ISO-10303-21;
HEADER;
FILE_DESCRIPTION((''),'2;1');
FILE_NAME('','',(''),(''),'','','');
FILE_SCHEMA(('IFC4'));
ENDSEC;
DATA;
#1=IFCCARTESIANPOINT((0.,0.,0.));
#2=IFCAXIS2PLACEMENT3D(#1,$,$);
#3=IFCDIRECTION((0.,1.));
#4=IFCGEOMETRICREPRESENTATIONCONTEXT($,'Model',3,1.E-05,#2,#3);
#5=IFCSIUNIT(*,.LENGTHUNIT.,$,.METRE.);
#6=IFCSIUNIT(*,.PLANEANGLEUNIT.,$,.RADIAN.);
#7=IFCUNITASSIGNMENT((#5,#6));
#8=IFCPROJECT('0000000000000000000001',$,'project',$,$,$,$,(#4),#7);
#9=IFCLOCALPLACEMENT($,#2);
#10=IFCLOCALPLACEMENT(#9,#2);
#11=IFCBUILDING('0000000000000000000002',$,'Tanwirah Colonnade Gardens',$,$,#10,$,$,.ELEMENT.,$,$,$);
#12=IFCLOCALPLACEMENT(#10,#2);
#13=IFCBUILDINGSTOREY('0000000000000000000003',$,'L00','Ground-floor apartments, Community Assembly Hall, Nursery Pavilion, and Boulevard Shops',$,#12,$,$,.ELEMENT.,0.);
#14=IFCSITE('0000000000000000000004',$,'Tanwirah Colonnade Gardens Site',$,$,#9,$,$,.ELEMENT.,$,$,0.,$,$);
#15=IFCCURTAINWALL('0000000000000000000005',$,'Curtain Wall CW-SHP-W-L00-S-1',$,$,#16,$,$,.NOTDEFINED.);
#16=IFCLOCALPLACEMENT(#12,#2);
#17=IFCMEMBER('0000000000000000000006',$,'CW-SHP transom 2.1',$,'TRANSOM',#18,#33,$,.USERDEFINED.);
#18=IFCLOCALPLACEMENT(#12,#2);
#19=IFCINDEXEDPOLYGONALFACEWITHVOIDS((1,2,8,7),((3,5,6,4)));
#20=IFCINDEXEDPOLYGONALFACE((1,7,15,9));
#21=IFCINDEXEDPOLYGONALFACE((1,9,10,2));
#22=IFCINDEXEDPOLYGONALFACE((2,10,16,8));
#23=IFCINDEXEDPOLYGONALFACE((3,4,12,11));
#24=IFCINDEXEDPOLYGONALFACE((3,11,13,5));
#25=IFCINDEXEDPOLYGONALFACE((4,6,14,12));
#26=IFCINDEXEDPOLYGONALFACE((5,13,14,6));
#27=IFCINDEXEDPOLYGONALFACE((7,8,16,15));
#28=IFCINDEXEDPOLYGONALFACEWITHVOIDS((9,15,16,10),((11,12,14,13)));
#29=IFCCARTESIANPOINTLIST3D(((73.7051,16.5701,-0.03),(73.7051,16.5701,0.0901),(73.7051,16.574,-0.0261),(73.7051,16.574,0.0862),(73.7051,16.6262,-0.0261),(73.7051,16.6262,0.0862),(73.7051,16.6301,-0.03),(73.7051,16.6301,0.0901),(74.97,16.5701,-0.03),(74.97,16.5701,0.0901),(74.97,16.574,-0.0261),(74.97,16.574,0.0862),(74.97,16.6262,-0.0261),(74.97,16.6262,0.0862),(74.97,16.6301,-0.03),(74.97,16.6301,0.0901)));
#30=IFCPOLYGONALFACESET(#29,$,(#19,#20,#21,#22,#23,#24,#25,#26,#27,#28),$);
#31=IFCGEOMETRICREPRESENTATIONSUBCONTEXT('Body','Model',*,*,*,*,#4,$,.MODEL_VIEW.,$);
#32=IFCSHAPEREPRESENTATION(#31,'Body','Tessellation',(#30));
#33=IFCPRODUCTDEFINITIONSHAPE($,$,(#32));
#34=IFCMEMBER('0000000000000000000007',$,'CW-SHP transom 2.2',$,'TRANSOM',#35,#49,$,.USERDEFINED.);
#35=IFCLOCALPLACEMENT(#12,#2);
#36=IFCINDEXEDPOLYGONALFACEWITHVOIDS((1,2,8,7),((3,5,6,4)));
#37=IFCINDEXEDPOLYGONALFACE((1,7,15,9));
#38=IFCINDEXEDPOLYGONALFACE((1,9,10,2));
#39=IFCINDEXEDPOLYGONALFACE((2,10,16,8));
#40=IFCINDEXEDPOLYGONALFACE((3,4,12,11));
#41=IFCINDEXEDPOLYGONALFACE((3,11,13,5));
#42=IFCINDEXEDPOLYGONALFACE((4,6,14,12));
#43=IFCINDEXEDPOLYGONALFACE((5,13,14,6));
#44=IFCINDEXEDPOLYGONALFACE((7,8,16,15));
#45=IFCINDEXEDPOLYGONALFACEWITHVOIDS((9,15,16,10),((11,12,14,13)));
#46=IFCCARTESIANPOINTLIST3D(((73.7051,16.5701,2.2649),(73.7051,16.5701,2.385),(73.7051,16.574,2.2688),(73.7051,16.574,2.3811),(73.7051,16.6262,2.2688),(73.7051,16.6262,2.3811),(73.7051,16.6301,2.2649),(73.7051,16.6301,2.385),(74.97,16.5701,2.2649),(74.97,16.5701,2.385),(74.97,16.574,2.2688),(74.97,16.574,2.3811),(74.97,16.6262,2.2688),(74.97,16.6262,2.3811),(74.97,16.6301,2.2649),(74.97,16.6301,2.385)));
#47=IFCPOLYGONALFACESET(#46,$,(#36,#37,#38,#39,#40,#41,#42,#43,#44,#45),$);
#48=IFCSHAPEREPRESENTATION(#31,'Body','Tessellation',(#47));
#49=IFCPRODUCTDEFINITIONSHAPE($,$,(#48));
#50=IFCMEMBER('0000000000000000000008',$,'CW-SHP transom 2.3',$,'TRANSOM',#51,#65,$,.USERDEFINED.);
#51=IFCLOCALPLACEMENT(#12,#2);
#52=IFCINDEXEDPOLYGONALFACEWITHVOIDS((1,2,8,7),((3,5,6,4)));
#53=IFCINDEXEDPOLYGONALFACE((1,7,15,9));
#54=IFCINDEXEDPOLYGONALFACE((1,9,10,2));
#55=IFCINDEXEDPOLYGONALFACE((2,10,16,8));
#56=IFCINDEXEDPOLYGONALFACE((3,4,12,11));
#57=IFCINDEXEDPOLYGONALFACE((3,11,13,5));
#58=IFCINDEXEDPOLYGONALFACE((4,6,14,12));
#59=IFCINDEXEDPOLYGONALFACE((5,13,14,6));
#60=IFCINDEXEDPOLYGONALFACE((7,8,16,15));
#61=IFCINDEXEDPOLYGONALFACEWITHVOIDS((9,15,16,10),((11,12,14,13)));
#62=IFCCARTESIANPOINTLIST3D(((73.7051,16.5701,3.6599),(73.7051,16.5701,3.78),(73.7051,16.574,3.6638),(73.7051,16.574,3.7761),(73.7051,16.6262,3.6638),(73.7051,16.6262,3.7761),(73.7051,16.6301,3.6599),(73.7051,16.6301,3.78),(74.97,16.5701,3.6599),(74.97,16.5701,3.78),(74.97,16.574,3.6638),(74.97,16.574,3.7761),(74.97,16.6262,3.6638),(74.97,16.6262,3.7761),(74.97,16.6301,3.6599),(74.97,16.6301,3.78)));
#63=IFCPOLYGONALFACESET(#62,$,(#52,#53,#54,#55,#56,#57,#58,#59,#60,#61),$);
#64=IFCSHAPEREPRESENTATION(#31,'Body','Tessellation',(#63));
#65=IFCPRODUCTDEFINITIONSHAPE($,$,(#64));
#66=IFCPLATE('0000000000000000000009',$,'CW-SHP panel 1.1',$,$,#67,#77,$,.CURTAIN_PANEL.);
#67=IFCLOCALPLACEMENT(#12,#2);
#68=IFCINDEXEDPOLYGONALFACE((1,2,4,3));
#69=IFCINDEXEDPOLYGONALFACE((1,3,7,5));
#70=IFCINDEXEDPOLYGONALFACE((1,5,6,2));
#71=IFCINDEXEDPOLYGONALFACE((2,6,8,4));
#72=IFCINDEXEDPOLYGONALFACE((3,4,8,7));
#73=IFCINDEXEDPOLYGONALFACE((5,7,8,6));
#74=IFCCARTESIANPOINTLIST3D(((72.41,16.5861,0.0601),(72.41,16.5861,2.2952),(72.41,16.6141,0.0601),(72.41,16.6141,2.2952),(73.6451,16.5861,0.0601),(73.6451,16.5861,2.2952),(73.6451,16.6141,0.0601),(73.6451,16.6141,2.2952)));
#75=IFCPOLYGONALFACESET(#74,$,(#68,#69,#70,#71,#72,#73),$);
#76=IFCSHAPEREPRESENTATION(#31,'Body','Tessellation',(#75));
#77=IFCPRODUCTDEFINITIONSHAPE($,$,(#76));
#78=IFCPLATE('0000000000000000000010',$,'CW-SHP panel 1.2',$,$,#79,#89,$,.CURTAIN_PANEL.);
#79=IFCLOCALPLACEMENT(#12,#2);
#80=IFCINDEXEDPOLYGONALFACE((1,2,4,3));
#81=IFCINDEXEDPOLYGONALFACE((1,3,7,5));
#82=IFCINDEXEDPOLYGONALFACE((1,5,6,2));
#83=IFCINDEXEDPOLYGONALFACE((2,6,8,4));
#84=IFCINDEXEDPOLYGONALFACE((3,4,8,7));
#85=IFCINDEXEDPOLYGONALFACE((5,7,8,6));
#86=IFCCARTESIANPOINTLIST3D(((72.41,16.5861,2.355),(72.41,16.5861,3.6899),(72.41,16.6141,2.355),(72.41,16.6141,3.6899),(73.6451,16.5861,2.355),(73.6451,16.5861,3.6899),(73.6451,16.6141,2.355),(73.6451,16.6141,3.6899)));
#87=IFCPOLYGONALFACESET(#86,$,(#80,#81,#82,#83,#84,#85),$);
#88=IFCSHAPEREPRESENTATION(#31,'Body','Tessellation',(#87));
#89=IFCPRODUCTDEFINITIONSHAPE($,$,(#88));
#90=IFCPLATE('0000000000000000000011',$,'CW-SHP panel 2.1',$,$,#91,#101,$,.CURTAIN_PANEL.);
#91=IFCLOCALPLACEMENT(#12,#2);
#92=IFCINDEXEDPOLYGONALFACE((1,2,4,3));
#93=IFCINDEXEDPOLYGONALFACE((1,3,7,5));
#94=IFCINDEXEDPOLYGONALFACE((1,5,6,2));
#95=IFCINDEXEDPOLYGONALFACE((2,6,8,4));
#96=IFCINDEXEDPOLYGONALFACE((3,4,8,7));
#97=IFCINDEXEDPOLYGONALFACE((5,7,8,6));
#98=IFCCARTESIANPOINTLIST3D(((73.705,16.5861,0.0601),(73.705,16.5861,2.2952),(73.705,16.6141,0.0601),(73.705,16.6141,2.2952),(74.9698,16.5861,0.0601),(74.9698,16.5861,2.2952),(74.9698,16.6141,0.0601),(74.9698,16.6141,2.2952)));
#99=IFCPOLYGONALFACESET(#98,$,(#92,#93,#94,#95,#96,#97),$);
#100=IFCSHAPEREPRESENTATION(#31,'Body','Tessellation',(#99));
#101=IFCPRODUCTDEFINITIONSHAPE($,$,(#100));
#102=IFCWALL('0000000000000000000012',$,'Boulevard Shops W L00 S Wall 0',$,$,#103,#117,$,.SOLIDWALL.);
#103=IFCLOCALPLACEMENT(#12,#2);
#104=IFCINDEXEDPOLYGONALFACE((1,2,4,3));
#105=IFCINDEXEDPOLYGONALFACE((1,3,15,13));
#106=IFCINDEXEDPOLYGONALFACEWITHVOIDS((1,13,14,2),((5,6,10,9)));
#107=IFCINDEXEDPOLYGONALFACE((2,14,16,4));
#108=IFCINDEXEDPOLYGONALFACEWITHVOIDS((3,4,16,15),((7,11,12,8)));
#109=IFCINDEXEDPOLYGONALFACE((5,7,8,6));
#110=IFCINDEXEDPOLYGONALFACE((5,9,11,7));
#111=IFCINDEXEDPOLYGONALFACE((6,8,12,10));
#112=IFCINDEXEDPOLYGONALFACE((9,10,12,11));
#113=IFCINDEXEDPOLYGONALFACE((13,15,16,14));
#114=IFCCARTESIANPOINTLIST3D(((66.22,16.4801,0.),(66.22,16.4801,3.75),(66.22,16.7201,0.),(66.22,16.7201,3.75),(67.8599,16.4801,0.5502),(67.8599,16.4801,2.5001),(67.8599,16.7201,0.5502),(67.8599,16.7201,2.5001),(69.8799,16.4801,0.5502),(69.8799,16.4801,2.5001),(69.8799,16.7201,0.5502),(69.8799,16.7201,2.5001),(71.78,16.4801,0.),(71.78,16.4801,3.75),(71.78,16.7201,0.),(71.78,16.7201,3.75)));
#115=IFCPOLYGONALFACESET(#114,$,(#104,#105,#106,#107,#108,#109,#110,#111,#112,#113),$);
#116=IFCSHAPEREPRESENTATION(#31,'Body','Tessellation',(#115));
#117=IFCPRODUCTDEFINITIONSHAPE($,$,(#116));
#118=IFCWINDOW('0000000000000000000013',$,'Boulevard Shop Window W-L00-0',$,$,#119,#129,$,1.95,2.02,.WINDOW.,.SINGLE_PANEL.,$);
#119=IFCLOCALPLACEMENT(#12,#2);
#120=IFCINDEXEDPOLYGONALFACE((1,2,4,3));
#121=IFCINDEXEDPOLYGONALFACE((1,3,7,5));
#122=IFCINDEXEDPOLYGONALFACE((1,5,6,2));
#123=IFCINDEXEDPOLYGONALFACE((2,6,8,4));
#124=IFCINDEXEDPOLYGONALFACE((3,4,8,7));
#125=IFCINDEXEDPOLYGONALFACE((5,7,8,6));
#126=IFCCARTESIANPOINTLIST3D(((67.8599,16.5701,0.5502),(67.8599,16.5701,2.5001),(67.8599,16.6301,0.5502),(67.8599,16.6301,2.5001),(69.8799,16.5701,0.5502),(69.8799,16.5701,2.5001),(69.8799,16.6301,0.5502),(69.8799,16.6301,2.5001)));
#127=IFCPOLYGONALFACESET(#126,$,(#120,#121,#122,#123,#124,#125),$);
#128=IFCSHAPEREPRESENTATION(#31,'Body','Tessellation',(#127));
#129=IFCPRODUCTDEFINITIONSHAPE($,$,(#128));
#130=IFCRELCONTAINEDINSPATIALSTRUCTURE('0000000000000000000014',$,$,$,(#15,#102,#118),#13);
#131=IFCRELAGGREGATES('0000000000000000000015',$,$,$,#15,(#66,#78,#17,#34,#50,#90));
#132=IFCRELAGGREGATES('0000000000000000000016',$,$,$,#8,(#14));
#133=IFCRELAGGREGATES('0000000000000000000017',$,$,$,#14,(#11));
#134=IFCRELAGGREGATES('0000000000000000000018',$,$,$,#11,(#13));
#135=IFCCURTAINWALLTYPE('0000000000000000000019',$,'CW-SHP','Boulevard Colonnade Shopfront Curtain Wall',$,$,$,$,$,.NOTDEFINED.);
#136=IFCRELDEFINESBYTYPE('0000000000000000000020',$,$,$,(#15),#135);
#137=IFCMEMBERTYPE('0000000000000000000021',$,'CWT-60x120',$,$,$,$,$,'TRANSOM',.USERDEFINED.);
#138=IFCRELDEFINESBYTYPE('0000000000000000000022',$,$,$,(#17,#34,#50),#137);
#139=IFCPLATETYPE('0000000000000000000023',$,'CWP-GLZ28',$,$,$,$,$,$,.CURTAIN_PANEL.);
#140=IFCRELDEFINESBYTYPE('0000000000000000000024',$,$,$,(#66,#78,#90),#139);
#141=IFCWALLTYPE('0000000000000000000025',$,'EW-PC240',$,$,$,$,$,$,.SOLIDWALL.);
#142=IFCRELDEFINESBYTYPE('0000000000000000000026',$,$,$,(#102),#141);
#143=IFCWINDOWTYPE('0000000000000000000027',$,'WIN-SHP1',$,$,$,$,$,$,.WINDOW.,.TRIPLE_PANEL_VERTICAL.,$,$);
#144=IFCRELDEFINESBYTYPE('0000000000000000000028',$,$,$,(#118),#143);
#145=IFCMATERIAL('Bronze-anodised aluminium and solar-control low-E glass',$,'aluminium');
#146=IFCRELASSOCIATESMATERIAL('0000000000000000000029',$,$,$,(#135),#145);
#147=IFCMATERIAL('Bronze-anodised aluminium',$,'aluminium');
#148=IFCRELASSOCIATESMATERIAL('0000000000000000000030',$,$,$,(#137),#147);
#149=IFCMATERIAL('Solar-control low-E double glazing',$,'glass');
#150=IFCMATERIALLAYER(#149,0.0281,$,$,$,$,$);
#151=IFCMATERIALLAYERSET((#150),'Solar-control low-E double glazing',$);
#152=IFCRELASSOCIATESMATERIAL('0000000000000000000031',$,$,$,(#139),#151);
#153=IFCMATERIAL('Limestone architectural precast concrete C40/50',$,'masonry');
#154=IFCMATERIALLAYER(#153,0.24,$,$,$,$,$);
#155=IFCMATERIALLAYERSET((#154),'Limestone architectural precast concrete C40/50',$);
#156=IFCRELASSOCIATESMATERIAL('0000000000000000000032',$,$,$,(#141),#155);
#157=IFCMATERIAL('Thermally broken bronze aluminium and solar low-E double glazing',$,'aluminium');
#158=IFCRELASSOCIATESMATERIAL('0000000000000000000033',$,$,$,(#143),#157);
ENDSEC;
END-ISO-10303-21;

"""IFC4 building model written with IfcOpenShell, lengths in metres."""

from ifc_helpers import new_model, si_unit, direction, frame, frame_2d, origin, origin_2d, place, context, subcontext, project, spatial, rectangle, hollow_rectangle, extrude, material, layer, layer_set, material_profile, profile_set, type_object, element, fill, aggregate, save


model = new_model("IFC4")

# Units and contexts
model_context = context("Model", 3, precision=1e-05, world=origin(), true_north=direction((0.0, 1.0)))
body_context = subcontext(model_context, "Body", "Model", "MODEL_VIEW")
ifc_project = project(units=[si_unit("LENGTHUNIT", "METRE"), si_unit("PLANEANGLEUNIT", "RADIAN")], contexts=[model_context])

# Site, building, storey
site_placement = place(None, origin())
site = spatial("IfcSite", under=ifc_project, at=site_placement, Name="Tanwirah Colonnade Gardens Site", CompositionType="ELEMENT", RefElevation=0.0)
building_placement = place(site_placement, origin())
building = spatial("IfcBuilding", under=site, at=building_placement, Name="Tanwirah Colonnade Gardens", CompositionType="ELEMENT")
storey_placement = place(building_placement, origin())
storey = spatial("IfcBuildingStorey", under=building, at=storey_placement, Name="L00", Description="Ground-floor apartments, Community Assembly Hall, Nursery Pavilion, and Boulevard Shops", CompositionType="ELEMENT", Elevation=0.0)

# Curtain wall, members, plates
ifc_material_1 = material(Name="Bronze-anodised aluminium and solar-control low-E glass", Category="aluminium")
curtain_wall_type = type_object("IfcCurtainWallType", Name="CW-SHP", Description="Boulevard Colonnade Shopfront Curtain Wall", PredefinedType="NOTDEFINED", material=ifc_material_1)
curtain_wall_placement = place(storey_placement, origin())
curtain_wall = element("IfcCurtainWall", 1, at=curtain_wall_placement, inside=storey, type_object=curtain_wall_type, Name="Curtain Wall CW-SHP-W-L00-S-1", PredefinedType="NOTDEFINED")
ifc_material_2 = material(Name="Bronze-anodised aluminium", Category="aluminium")
ifc_material_profile_1 = material_profile(ifc_material_2, hollow_rectangle(XDim=0.0601, YDim=0.1201, WallThickness=0.0039, at=origin_2d()), Name="CW-TRN 60x120x4")
ifc_profile_set_1 = profile_set([ifc_material_profile_1], Name="Bronze-anodised aluminium")
member_type_1 = type_object("IfcMemberType", Name="CWT-60x120", ElementType="TRANSOM", PredefinedType="USERDEFINED", material=ifc_profile_set_1)
member_1_placement = place(storey_placement, frame((73.7051, 16.6001, 0.03), z_axis=(1.0, 0.0, 0.0), x_axis=(0.0, 1.0, 0.0)))
member_1 = element("IfcMember", 2, at=member_1_placement, type_object=member_type_1, Name="CW-SHP transom 2.1", ObjectType="TRANSOM", PredefinedType="USERDEFINED", context=body_context, shape_type="SweptSolid", body=[
    extrude(hollow_rectangle(XDim=0.0601, YDim=0.1201, WallThickness=0.0039, at=origin_2d()), origin(), (0.0, 0.0, 1.0), 1.2649),
])
member_2_placement = place(storey_placement, frame((73.7051, 16.6001, 2.325), z_axis=(1.0, 0.0, 0.0), x_axis=(0.0, 1.0, 0.0)))
member_2 = element("IfcMember", 3, at=member_2_placement, type_object=member_type_1, Name="CW-SHP transom 2.2", ObjectType="TRANSOM", PredefinedType="USERDEFINED", context=body_context, shape_type="SweptSolid", body=[
    extrude(hollow_rectangle(XDim=0.0601, YDim=0.1201, WallThickness=0.0039, at=origin_2d()), origin(), (0.0, 0.0, 1.0), 1.2649),
])
member_3_placement = place(storey_placement, frame((73.7051, 16.6001, 3.72), z_axis=(1.0, 0.0, 0.0), x_axis=(0.0, 1.0, 0.0)))
member_3 = element("IfcMember", 4, at=member_3_placement, type_object=member_type_1, Name="CW-SHP transom 2.3", ObjectType="TRANSOM", PredefinedType="USERDEFINED", context=body_context, shape_type="SweptSolid", body=[
    extrude(hollow_rectangle(XDim=0.0601, YDim=0.1201, WallThickness=0.0039, at=origin_2d()), origin(), (0.0, 0.0, 1.0), 1.2649),
])
ifc_material_3 = material(Name="Solar-control low-E double glazing", Category="glass")
ifc_layer_1 = layer(ifc_material_3, 0.0281)
ifc_layer_set_1 = layer_set([ifc_layer_1], Name="Solar-control low-E double glazing")
plate_type = type_object("IfcPlateType", Name="CWP-GLZ28", PredefinedType="CURTAIN_PANEL", material=ifc_layer_set_1)
plate_1_placement = place(storey_placement, frame((73.0276, 16.6001, 0.0601), z_axis=(0.0, 0.0, 1.0), x_axis=(1.0, 0.0, 0.0)))
plate_1 = element("IfcPlate", 5, at=plate_1_placement, type_object=plate_type, Name="CW-SHP panel 1.1", PredefinedType="CURTAIN_PANEL", context=body_context, shape_type="SweptSolid", body=[
    extrude(rectangle(XDim=1.2351, YDim=0.0281, at=origin_2d()), origin(), (0.0, 0.0, 1.0), 2.2351),
])
plate_2_placement = place(storey_placement, frame((73.0276, 16.6001, 2.355), z_axis=(0.0, 0.0, 1.0), x_axis=(1.0, 0.0, 0.0)))
plate_2 = element("IfcPlate", 6, at=plate_2_placement, type_object=plate_type, Name="CW-SHP panel 1.2", PredefinedType="CURTAIN_PANEL", context=body_context, shape_type="SweptSolid", body=[
    extrude(rectangle(XDim=1.2351, YDim=0.0281, at=origin_2d()), origin(), (0.0, 0.0, 1.0), 1.335),
])
plate_3_placement = place(storey_placement, frame((74.3374, 16.6001, 0.0601), z_axis=(0.0, 0.0, 1.0), x_axis=(1.0, 0.0, 0.0)))
plate_3 = element("IfcPlate", 7, at=plate_3_placement, type_object=plate_type, Name="CW-SHP panel 2.1", PredefinedType="CURTAIN_PANEL", context=body_context, shape_type="SweptSolid", body=[
    extrude(rectangle(XDim=1.2649, YDim=0.0281, at=origin_2d()), origin(), (0.0, 0.0, 1.0), 2.2351),
])
aggregate(curtain_wall, [plate_1, plate_2, member_1, member_2, member_3, plate_3])

# Wall, opening, window
ifc_material_4 = material(Name="Limestone architectural precast concrete C40/50", Category="masonry")
ifc_layer_2 = layer(ifc_material_4, 0.24)
ifc_layer_set_2 = layer_set([ifc_layer_2], Name="Limestone architectural precast concrete C40/50")
wall_type = type_object("IfcWallType", Name="EW-PC240", PredefinedType="SOLIDWALL", material=ifc_layer_set_2)
wall_placement = place(storey_placement, frame((66.22, 16.6001, 0.0), z_axis=(0.0, 0.0, 1.0), x_axis=(1.0, 0.0, 0.0)))
wall = element("IfcWall", 8, at=wall_placement, inside=storey, type_object=wall_type, Name="Boulevard Shops W L00 S Wall 0", PredefinedType="SOLIDWALL", context=body_context, shape_type="SweptSolid", body=[
    extrude(rectangle(XDim=5.5601, YDim=0.24, at=frame_2d((2.78, 0.0))), origin(), (0.0, 0.0, 1.0), 3.75),
])
opening_placement = place(wall_placement, frame((1.6399, 0.0, 0.55)))
opening = element("IfcOpeningElement", 9, at=opening_placement, cuts=wall, PredefinedType="OPENING", context=body_context, shape_type="SweptSolid", body=[
    extrude(rectangle(XDim=2.02, YDim=1.95, at=frame_2d((1.01, 0.9751))), frame((0.0, 0.1299, 0.0), z_axis=(0.0, -1.0, 0.0), x_axis=(1.0, 0.0, 0.0)), (0.0, 0.0, 1.0), 0.26),
])
ifc_material_5 = material(Name="Thermally broken bronze aluminium and solar low-E double glazing", Category="aluminium")
window_type = type_object("IfcWindowType", Name="WIN-SHP1", PartitioningType="TRIPLE_PANEL_VERTICAL", PredefinedType="WINDOW", material=ifc_material_5)
window_placement = place(opening_placement, origin())
window = element("IfcWindow", 10, at=window_placement, inside=storey, type_object=window_type, Name="Boulevard Shop Window W-L00-0", OverallHeight=1.95, OverallWidth=2.02, PartitioningType="SINGLE_PANEL", PredefinedType="WINDOW", context=body_context, shape_type="SweptSolid", body=[
    extrude(rectangle(XDim=2.02, YDim=1.95, at=frame_2d((1.01, 0.9751))), frame((0.0, 0.03, 0.0), z_axis=(0.0, -1.0, 0.0), x_axis=(1.0, 0.0, 0.0)), (0.0, 0.0, 1.0), 0.0601),
])
fill(opening, window)

save(model, "model.ifc")
